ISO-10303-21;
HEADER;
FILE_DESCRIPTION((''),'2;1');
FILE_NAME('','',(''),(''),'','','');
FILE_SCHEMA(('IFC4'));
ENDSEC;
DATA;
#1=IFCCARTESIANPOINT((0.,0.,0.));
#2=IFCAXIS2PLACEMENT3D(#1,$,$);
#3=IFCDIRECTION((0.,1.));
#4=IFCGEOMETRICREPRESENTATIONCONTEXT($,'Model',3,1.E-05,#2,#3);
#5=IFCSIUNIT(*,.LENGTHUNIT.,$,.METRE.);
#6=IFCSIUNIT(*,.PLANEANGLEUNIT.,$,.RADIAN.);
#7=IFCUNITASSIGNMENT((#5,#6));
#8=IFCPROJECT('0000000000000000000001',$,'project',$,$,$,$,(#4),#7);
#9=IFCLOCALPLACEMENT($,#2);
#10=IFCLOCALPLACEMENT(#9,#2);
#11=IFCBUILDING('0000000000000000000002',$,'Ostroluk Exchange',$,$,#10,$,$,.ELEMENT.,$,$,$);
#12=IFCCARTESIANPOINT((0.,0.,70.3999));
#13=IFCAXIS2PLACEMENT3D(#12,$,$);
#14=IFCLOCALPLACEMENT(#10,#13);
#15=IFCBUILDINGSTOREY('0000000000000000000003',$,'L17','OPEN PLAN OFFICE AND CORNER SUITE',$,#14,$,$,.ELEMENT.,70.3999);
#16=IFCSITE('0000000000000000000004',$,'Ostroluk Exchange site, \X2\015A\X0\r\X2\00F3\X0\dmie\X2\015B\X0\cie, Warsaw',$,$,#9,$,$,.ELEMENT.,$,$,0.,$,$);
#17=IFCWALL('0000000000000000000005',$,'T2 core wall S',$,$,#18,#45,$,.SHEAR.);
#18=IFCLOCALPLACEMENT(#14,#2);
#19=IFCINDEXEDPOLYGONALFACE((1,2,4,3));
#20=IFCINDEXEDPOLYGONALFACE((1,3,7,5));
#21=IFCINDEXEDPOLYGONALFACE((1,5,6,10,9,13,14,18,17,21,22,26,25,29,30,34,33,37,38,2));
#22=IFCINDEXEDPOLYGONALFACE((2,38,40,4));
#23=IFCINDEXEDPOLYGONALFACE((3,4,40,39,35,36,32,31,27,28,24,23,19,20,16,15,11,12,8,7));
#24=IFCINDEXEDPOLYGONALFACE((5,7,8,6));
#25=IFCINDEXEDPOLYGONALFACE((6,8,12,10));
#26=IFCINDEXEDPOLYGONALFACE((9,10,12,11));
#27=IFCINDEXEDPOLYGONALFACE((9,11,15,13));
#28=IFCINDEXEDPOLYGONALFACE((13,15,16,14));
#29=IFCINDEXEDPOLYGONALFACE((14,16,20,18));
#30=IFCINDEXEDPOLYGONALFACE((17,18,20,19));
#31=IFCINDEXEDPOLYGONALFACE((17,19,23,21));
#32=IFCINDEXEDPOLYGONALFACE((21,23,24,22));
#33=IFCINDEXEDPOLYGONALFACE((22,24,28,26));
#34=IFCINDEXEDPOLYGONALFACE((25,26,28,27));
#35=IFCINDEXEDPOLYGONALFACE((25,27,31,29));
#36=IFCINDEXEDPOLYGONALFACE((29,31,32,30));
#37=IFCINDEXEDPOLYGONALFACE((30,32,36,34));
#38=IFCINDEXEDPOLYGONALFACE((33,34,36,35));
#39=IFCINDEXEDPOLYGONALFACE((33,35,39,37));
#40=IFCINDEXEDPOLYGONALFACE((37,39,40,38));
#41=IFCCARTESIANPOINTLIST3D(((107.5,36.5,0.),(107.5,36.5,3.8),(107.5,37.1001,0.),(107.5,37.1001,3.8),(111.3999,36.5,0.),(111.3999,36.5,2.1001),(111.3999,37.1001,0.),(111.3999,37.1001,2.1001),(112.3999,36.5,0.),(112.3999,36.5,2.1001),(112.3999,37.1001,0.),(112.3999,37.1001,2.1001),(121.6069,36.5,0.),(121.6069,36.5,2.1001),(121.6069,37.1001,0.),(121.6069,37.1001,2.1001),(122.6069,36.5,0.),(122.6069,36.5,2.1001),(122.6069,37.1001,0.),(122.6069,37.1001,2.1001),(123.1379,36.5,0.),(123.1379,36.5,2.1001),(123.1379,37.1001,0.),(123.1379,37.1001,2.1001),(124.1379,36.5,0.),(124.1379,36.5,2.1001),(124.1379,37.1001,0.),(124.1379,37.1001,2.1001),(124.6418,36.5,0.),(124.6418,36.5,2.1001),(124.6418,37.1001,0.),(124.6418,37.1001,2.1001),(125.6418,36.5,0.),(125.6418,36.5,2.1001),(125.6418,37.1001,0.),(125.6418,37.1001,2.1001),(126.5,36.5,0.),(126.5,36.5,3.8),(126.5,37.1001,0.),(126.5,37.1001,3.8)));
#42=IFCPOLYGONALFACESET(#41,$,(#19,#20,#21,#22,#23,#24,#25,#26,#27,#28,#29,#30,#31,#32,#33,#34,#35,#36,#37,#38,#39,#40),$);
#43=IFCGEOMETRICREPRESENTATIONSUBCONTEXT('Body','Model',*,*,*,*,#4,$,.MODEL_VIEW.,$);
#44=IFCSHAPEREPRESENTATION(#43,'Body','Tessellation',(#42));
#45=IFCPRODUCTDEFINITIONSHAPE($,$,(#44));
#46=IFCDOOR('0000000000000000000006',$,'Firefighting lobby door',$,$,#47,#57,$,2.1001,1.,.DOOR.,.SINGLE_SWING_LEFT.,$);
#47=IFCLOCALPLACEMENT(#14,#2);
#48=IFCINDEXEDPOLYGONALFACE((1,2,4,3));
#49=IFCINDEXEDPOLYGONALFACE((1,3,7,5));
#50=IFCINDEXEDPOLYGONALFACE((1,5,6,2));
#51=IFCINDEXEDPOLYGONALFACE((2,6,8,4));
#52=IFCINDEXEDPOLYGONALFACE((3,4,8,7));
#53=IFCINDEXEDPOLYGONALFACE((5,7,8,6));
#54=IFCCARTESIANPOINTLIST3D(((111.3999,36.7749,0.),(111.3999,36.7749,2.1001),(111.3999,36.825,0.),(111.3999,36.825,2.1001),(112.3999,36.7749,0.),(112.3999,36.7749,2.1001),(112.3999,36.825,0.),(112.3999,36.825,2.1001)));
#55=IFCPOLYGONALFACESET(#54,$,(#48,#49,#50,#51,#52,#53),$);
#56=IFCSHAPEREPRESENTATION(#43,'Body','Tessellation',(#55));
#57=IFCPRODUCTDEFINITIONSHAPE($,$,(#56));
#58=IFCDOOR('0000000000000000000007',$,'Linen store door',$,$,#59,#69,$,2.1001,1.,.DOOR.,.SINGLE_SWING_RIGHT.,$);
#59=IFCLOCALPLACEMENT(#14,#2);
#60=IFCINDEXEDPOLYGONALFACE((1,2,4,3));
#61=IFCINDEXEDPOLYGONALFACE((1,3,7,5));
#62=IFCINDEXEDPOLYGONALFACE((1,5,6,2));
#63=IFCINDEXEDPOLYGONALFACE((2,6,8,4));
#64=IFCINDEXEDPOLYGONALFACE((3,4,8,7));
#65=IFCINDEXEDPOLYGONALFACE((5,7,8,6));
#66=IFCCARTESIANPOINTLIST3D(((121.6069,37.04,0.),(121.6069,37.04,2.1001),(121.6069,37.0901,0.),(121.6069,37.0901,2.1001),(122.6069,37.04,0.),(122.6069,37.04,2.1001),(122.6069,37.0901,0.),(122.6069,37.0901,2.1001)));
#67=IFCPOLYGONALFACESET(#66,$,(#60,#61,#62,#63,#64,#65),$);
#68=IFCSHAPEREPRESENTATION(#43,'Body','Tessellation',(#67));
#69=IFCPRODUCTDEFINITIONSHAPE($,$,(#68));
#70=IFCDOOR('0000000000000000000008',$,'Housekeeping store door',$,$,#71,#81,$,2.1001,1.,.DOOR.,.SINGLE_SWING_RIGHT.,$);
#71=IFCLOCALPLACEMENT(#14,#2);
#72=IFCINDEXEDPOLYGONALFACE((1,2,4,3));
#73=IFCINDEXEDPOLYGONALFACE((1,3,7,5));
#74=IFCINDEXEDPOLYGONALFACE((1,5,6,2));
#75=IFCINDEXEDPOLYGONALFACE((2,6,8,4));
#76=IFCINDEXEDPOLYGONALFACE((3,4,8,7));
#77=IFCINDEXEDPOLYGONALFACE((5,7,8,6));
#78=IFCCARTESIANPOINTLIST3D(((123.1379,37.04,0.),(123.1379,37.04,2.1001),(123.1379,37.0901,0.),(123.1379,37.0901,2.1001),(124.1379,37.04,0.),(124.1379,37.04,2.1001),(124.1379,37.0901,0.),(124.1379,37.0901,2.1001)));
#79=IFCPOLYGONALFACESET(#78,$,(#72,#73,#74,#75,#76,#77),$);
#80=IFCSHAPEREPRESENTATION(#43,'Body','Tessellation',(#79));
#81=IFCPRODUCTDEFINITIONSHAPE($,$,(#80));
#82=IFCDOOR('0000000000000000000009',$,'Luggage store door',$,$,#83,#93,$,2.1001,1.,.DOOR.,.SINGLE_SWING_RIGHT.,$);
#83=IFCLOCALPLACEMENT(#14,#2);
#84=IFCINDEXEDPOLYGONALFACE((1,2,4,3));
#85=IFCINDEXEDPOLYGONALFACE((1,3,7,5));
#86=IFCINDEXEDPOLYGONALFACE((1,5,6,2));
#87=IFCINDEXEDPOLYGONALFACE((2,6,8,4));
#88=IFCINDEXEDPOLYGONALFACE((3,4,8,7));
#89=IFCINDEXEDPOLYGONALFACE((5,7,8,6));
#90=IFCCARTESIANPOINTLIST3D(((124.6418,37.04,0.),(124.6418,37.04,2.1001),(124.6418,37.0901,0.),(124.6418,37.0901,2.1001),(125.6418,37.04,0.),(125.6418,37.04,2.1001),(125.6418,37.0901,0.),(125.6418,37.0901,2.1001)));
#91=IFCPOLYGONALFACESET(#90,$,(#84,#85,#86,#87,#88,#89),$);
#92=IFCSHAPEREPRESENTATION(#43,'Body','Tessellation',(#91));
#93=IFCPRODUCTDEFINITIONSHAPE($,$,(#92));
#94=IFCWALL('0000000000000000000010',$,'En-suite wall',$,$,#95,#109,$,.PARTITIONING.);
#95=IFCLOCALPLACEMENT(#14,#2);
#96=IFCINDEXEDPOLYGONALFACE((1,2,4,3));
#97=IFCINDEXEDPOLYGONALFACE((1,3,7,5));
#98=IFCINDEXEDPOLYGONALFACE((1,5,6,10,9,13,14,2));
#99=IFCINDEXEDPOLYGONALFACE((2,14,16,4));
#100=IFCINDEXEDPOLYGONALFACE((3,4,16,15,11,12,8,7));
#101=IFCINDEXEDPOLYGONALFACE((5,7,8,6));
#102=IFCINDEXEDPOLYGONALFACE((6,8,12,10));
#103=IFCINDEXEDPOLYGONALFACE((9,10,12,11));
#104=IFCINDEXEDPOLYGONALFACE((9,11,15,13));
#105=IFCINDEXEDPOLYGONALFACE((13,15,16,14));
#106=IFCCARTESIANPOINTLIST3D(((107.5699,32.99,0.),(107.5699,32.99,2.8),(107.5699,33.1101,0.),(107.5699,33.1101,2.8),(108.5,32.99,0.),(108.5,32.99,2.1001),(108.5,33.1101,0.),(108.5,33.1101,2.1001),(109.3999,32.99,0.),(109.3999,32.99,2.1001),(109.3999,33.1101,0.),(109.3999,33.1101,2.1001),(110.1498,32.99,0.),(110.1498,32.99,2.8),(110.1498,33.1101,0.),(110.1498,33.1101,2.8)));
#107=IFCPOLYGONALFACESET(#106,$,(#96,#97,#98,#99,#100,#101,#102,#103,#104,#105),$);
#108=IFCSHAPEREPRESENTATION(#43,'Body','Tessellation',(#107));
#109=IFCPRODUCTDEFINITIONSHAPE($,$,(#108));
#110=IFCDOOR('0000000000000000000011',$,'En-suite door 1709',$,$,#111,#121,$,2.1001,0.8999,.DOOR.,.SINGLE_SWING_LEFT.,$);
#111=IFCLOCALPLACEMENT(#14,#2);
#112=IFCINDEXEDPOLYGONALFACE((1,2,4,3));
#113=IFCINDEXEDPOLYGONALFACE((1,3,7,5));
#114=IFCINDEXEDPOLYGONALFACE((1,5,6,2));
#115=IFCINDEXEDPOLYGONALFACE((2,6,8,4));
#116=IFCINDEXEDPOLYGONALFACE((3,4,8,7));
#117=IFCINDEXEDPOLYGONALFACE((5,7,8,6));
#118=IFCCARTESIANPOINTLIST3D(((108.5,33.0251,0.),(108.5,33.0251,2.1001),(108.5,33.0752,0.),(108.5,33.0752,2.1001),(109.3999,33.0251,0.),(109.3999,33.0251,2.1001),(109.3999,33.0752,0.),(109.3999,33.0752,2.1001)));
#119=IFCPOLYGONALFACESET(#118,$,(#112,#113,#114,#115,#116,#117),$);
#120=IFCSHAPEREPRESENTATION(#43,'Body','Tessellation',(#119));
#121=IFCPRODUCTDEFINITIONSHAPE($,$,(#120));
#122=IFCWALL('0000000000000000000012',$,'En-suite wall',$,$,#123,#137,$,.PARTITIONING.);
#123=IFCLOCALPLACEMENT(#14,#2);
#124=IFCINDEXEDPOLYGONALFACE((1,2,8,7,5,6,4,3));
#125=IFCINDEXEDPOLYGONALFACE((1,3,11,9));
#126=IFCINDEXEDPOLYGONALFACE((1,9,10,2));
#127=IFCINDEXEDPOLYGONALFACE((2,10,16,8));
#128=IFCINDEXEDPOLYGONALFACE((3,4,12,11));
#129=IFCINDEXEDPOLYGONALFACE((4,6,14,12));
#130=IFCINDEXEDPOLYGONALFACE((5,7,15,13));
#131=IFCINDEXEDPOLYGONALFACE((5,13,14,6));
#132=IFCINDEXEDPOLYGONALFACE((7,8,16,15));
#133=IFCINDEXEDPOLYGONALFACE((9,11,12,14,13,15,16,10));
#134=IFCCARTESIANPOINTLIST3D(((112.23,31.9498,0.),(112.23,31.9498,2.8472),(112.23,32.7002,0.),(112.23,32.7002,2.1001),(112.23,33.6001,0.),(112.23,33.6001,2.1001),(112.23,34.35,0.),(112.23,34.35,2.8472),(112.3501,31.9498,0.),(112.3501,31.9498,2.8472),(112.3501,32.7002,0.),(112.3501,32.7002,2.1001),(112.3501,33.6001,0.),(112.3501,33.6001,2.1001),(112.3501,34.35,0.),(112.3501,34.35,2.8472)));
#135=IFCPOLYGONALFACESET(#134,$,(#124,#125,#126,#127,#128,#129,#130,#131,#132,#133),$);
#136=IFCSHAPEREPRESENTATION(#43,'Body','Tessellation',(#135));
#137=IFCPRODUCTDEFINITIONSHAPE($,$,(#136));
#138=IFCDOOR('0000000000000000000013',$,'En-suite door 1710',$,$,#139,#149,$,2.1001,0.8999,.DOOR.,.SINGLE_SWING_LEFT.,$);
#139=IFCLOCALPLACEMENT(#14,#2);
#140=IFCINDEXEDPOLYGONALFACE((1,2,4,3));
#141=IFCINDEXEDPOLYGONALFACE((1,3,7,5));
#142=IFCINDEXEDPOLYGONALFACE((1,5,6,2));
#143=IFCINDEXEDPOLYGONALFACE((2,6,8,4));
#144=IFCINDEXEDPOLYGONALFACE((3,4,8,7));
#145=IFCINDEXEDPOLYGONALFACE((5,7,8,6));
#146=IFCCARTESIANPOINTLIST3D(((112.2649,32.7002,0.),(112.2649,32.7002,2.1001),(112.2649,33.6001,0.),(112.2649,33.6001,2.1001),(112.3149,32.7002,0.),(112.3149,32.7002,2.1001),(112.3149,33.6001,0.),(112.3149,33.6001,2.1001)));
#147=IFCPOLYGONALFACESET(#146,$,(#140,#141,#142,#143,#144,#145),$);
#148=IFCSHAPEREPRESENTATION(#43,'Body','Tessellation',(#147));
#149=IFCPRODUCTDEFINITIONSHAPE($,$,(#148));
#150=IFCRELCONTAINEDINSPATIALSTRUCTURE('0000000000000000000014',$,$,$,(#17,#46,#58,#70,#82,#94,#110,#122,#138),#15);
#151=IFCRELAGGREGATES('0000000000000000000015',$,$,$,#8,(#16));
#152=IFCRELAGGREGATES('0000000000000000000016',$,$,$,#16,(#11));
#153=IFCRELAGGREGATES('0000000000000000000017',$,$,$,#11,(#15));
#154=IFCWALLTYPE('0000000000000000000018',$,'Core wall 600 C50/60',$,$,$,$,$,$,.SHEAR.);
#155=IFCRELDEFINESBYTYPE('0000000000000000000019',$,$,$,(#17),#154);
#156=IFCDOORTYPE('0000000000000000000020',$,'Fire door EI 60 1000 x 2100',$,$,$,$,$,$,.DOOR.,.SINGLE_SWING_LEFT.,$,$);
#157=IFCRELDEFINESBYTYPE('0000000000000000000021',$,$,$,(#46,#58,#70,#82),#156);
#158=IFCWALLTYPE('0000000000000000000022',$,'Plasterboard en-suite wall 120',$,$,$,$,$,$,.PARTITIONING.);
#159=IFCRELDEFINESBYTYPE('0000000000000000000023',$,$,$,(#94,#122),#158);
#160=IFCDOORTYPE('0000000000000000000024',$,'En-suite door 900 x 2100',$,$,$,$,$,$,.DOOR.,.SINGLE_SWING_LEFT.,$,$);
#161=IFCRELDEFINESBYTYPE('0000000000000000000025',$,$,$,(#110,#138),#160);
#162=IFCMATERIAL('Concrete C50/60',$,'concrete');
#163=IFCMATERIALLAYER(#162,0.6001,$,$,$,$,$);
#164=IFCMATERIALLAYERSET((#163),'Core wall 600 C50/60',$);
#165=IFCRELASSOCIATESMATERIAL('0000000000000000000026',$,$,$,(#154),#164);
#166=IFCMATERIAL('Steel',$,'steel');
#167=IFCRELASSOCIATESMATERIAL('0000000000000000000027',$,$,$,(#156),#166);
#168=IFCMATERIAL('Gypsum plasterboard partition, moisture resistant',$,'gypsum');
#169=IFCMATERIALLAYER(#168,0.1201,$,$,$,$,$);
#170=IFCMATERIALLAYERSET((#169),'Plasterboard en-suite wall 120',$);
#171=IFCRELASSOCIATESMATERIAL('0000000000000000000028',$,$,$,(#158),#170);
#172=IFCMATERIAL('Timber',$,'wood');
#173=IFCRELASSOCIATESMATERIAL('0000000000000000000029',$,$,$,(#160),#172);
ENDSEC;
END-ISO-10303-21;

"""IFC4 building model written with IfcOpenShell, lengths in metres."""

from ifc_helpers import new_model, si_unit, direction, frame, frame_2d, origin, place, context, subcontext, project, spatial, rectangle, extrude, material, layer, layer_set, type_object, element, fill, save


model = new_model("IFC4")

# Units and contexts
model_context = context("Model", 3, precision=1e-05, world=origin(), true_north=direction((0.0, 1.0)))
body_context = subcontext(model_context, "Body", "Model", "MODEL_VIEW")
ifc_project = project(units=[si_unit("LENGTHUNIT", "METRE"), si_unit("PLANEANGLEUNIT", "RADIAN")], contexts=[model_context])

# Site, building, storey
site_placement = place(None, origin())
site = spatial("IfcSite", under=ifc_project, at=site_placement, Name="Ostroluk Exchange site, Śródmieście, Warsaw", CompositionType="ELEMENT", RefElevation=0.0)
building_placement = place(site_placement, origin())
building = spatial("IfcBuilding", under=site, at=building_placement, Name="Ostroluk Exchange", CompositionType="ELEMENT")
storey_placement = place(building_placement, frame((0.0, 0.0, 70.3999)))
storey = spatial("IfcBuildingStorey", under=building, at=storey_placement, Name="L17", Description="OPEN PLAN OFFICE AND CORNER SUITE", CompositionType="ELEMENT", Elevation=70.3999)

# Wall, openings, doors
ifc_material_1 = material(Name="Concrete C50/60", Category="concrete")
ifc_layer_1 = layer(ifc_material_1, 0.6001)
ifc_layer_set_1 = layer_set([ifc_layer_1], Name="Core wall 600 C50/60")
wall_type_1 = type_object("IfcWallType", Name="Core wall 600 C50/60", PredefinedType="SHEAR", material=ifc_layer_set_1)
wall_1_placement = place(storey_placement, frame((107.5, 36.8, 0.0), z_axis=(0.0, 0.0, 1.0), x_axis=(1.0, 0.0, 0.0)))
wall_1 = element("IfcWall", 1, at=wall_1_placement, inside=storey, type_object=wall_type_1, Name="T2 core wall S", PredefinedType="SHEAR", context=body_context, shape_type="SweptSolid", body=[
    extrude(rectangle(XDim=19.0, YDim=0.6001, at=frame_2d((9.5, 0.0))), origin(), (0.0, 0.0, 1.0), 3.8),
])
opening_1_placement = place(wall_1_placement, frame((3.8999, 0.0, 0.0)))
opening_1 = element("IfcOpeningElement", 2, at=opening_1_placement, cuts=wall_1, PredefinedType="OPENING", context=body_context, shape_type="SweptSolid", body=[
    extrude(rectangle(XDim=1.0, YDim=2.1001, at=frame_2d((0.5, 1.05))), frame((0.0, 0.3101, 0.0), z_axis=(0.0, -1.0, 0.0), x_axis=(1.0, 0.0, 0.0)), (0.0, 0.0, 1.0), 0.6201),
])
opening_2_placement = place(wall_1_placement, frame((14.1069, 0.0, 0.0)))
opening_2 = element("IfcOpeningElement", 3, at=opening_2_placement, cuts=wall_1, PredefinedType="OPENING", context=body_context, shape_type="SweptSolid", body=[
    extrude(rectangle(XDim=1.0, YDim=2.1001, at=frame_2d((0.5, 1.05))), frame((0.0, 0.3101, 0.0), z_axis=(0.0, -1.0, 0.0), x_axis=(1.0, 0.0, 0.0)), (0.0, 0.0, 1.0), 0.6201),
])
opening_3_placement = place(wall_1_placement, frame((15.6379, 0.0, 0.0)))
opening_3 = element("IfcOpeningElement", 4, at=opening_3_placement, cuts=wall_1, PredefinedType="OPENING", context=body_context, shape_type="SweptSolid", body=[
    extrude(rectangle(XDim=1.0, YDim=2.1001, at=frame_2d((0.5, 1.05))), frame((0.0, 0.3101, 0.0), z_axis=(0.0, -1.0, 0.0), x_axis=(1.0, 0.0, 0.0)), (0.0, 0.0, 1.0), 0.6201),
])
opening_4_placement = place(wall_1_placement, frame((17.1418, 0.0, 0.0)))
opening_4 = element("IfcOpeningElement", 5, at=opening_4_placement, cuts=wall_1, PredefinedType="OPENING", context=body_context, shape_type="SweptSolid", body=[
    extrude(rectangle(XDim=1.0, YDim=2.1001, at=frame_2d((0.5, 1.05))), frame((0.0, 0.3101, 0.0), z_axis=(0.0, -1.0, 0.0), x_axis=(1.0, 0.0, 0.0)), (0.0, 0.0, 1.0), 0.6201),
])
ifc_material_2 = material(Name="Steel", Category="steel")
door_type_1 = type_object("IfcDoorType", Name="Fire door EI 60 1000 x 2100", OperationType="SINGLE_SWING_LEFT", PredefinedType="DOOR", material=ifc_material_2)
door_1_placement = place(opening_1_placement, origin())
door_1 = element("IfcDoor", 6, at=door_1_placement, inside=storey, type_object=door_type_1, Name="Firefighting lobby door", OperationType="SINGLE_SWING_LEFT", OverallHeight=2.1001, OverallWidth=1.0, PredefinedType="DOOR", context=body_context, shape_type="SweptSolid", body=[
    extrude(rectangle(XDim=1.0, YDim=2.1001, at=frame_2d((0.5, 1.05))), frame((0.0, 0.0249, 0.0), z_axis=(0.0, -1.0, 0.0), x_axis=(1.0, 0.0, 0.0)), (0.0, 0.0, 1.0), 0.05),
])
fill(opening_1, door_1)
door_2_placement = place(opening_2_placement, origin())
door_2 = element("IfcDoor", 7, at=door_2_placement, inside=storey, type_object=door_type_1, Name="Linen store door", OperationType="SINGLE_SWING_RIGHT", OverallHeight=2.1001, OverallWidth=1.0, PredefinedType="DOOR", context=body_context, shape_type="SweptSolid", body=[
    extrude(rectangle(XDim=1.0, YDim=2.1001, at=frame_2d((0.5, 1.05))), frame((0.0, 0.29, 0.0), z_axis=(0.0, -1.0, 0.0), x_axis=(1.0, 0.0, 0.0)), (0.0, 0.0, 1.0), 0.05),
])
fill(opening_2, door_2)
door_3_placement = place(opening_3_placement, origin())
door_3 = element("IfcDoor", 8, at=door_3_placement, inside=storey, type_object=door_type_1, Name="Housekeeping store door", OperationType="SINGLE_SWING_RIGHT", OverallHeight=2.1001, OverallWidth=1.0, PredefinedType="DOOR", context=body_context, shape_type="SweptSolid", body=[
    extrude(rectangle(XDim=1.0, YDim=2.1001, at=frame_2d((0.5, 1.05))), frame((0.0, 0.29, 0.0), z_axis=(0.0, -1.0, 0.0), x_axis=(1.0, 0.0, 0.0)), (0.0, 0.0, 1.0), 0.05),
])
fill(opening_3, door_3)
door_4_placement = place(opening_4_placement, origin())
door_4 = element("IfcDoor", 9, at=door_4_placement, inside=storey, type_object=door_type_1, Name="Luggage store door", OperationType="SINGLE_SWING_RIGHT", OverallHeight=2.1001, OverallWidth=1.0, PredefinedType="DOOR", context=body_context, shape_type="SweptSolid", body=[
    extrude(rectangle(XDim=1.0, YDim=2.1001, at=frame_2d((0.5, 1.05))), frame((0.0, 0.29, 0.0), z_axis=(0.0, -1.0, 0.0), x_axis=(1.0, 0.0, 0.0)), (0.0, 0.0, 1.0), 0.05),
])
fill(opening_4, door_4)

# Walls, openings, doors
ifc_material_3 = material(Name="Gypsum plasterboard partition, moisture resistant", Category="gypsum")
ifc_layer_2 = layer(ifc_material_3, 0.1201)
ifc_layer_set_2 = layer_set([ifc_layer_2], Name="Plasterboard en-suite wall 120")
wall_type_2 = type_object("IfcWallType", Name="Plasterboard en-suite wall 120", PredefinedType="PARTITIONING", material=ifc_layer_set_2)
wall_2_placement = place(storey_placement, frame((110.1499, 33.05, 0.0), z_axis=(0.0, 0.0, 1.0), x_axis=(-1.0, 0.0, 0.0)))
wall_2 = element("IfcWall", 10, at=wall_2_placement, inside=storey, type_object=wall_type_2, Name="En-suite wall", PredefinedType="PARTITIONING", context=body_context, shape_type="SweptSolid", body=[
    extrude(rectangle(XDim=2.5798, YDim=0.1201, at=frame_2d((1.29, 0.0))), origin(), (0.0, 0.0, 1.0), 2.8),
])
opening_5_placement = place(wall_2_placement, frame((0.75, 0.0, 0.0)))
opening_5 = element("IfcOpeningElement", 11, at=opening_5_placement, cuts=wall_2, PredefinedType="OPENING", context=body_context, shape_type="SweptSolid", body=[
    extrude(rectangle(XDim=0.8999, YDim=2.1001, at=frame_2d((0.45, 1.05))), frame((0.0, 0.0701, 0.0), z_axis=(0.0, -1.0, 0.0), x_axis=(1.0, 0.0, 0.0)), (0.0, 0.0, 1.0), 0.1401),
])
ifc_material_4 = material(Name="Timber", Category="wood")
door_type_2 = type_object("IfcDoorType", Name="En-suite door 900 x 2100", OperationType="SINGLE_SWING_LEFT", PredefinedType="DOOR", material=ifc_material_4)
door_5_placement = place(opening_5_placement, origin())
door_5 = element("IfcDoor", 12, at=door_5_placement, inside=storey, type_object=door_type_2, Name="En-suite door 1709", OperationType="SINGLE_SWING_LEFT", OverallHeight=2.1001, OverallWidth=0.8999, PredefinedType="DOOR", context=body_context, shape_type="SweptSolid", body=[
    extrude(rectangle(XDim=0.8999, YDim=2.1001, at=frame_2d((0.45, 1.05))), frame((0.0, 0.0249, 0.0), z_axis=(0.0, -1.0, 0.0), x_axis=(1.0, 0.0, 0.0)), (0.0, 0.0, 1.0), 0.05),
])
fill(opening_5, door_5)
wall_3_placement = place(storey_placement, frame((112.29, 34.3501, 0.0), z_axis=(0.0, 0.0, 1.0), x_axis=(0.0, -1.0, 0.0)))
wall_3 = element("IfcWall", 13, at=wall_3_placement, inside=storey, type_object=wall_type_2, Name="En-suite wall", PredefinedType="PARTITIONING", context=body_context, shape_type="SweptSolid", body=[
    extrude(rectangle(XDim=2.4001, YDim=0.1201, at=frame_2d((1.2002, 0.0))), origin(), (0.0, 0.0, 1.0), 2.8472),
])
opening_6_placement = place(wall_3_placement, frame((0.75, 0.0, 0.0)))
opening_6 = element("IfcOpeningElement", 14, at=opening_6_placement, cuts=wall_3, PredefinedType="OPENING", context=body_context, shape_type="SweptSolid", body=[
    extrude(rectangle(XDim=0.8999, YDim=2.1001, at=frame_2d((0.45, 1.05))), frame((0.0, 0.0701, 0.0), z_axis=(0.0, -1.0, 0.0), x_axis=(1.0, 0.0, 0.0)), (0.0, 0.0, 1.0), 0.1401),
])
door_6_placement = place(opening_6_placement, origin())
door_6 = element("IfcDoor", 15, at=door_6_placement, inside=storey, type_object=door_type_2, Name="En-suite door 1710", OperationType="SINGLE_SWING_LEFT", OverallHeight=2.1001, OverallWidth=0.8999, PredefinedType="DOOR", context=body_context, shape_type="SweptSolid", body=[
    extrude(rectangle(XDim=0.8999, YDim=2.1001, at=frame_2d((0.45, 1.05))), frame((0.0, 0.0249, 0.0), z_axis=(0.0, -1.0, 0.0), x_axis=(1.0, 0.0, 0.0)), (0.0, 0.0, 1.0), 0.05),
])
fill(opening_6, door_6)

save(model, "model.ifc")
